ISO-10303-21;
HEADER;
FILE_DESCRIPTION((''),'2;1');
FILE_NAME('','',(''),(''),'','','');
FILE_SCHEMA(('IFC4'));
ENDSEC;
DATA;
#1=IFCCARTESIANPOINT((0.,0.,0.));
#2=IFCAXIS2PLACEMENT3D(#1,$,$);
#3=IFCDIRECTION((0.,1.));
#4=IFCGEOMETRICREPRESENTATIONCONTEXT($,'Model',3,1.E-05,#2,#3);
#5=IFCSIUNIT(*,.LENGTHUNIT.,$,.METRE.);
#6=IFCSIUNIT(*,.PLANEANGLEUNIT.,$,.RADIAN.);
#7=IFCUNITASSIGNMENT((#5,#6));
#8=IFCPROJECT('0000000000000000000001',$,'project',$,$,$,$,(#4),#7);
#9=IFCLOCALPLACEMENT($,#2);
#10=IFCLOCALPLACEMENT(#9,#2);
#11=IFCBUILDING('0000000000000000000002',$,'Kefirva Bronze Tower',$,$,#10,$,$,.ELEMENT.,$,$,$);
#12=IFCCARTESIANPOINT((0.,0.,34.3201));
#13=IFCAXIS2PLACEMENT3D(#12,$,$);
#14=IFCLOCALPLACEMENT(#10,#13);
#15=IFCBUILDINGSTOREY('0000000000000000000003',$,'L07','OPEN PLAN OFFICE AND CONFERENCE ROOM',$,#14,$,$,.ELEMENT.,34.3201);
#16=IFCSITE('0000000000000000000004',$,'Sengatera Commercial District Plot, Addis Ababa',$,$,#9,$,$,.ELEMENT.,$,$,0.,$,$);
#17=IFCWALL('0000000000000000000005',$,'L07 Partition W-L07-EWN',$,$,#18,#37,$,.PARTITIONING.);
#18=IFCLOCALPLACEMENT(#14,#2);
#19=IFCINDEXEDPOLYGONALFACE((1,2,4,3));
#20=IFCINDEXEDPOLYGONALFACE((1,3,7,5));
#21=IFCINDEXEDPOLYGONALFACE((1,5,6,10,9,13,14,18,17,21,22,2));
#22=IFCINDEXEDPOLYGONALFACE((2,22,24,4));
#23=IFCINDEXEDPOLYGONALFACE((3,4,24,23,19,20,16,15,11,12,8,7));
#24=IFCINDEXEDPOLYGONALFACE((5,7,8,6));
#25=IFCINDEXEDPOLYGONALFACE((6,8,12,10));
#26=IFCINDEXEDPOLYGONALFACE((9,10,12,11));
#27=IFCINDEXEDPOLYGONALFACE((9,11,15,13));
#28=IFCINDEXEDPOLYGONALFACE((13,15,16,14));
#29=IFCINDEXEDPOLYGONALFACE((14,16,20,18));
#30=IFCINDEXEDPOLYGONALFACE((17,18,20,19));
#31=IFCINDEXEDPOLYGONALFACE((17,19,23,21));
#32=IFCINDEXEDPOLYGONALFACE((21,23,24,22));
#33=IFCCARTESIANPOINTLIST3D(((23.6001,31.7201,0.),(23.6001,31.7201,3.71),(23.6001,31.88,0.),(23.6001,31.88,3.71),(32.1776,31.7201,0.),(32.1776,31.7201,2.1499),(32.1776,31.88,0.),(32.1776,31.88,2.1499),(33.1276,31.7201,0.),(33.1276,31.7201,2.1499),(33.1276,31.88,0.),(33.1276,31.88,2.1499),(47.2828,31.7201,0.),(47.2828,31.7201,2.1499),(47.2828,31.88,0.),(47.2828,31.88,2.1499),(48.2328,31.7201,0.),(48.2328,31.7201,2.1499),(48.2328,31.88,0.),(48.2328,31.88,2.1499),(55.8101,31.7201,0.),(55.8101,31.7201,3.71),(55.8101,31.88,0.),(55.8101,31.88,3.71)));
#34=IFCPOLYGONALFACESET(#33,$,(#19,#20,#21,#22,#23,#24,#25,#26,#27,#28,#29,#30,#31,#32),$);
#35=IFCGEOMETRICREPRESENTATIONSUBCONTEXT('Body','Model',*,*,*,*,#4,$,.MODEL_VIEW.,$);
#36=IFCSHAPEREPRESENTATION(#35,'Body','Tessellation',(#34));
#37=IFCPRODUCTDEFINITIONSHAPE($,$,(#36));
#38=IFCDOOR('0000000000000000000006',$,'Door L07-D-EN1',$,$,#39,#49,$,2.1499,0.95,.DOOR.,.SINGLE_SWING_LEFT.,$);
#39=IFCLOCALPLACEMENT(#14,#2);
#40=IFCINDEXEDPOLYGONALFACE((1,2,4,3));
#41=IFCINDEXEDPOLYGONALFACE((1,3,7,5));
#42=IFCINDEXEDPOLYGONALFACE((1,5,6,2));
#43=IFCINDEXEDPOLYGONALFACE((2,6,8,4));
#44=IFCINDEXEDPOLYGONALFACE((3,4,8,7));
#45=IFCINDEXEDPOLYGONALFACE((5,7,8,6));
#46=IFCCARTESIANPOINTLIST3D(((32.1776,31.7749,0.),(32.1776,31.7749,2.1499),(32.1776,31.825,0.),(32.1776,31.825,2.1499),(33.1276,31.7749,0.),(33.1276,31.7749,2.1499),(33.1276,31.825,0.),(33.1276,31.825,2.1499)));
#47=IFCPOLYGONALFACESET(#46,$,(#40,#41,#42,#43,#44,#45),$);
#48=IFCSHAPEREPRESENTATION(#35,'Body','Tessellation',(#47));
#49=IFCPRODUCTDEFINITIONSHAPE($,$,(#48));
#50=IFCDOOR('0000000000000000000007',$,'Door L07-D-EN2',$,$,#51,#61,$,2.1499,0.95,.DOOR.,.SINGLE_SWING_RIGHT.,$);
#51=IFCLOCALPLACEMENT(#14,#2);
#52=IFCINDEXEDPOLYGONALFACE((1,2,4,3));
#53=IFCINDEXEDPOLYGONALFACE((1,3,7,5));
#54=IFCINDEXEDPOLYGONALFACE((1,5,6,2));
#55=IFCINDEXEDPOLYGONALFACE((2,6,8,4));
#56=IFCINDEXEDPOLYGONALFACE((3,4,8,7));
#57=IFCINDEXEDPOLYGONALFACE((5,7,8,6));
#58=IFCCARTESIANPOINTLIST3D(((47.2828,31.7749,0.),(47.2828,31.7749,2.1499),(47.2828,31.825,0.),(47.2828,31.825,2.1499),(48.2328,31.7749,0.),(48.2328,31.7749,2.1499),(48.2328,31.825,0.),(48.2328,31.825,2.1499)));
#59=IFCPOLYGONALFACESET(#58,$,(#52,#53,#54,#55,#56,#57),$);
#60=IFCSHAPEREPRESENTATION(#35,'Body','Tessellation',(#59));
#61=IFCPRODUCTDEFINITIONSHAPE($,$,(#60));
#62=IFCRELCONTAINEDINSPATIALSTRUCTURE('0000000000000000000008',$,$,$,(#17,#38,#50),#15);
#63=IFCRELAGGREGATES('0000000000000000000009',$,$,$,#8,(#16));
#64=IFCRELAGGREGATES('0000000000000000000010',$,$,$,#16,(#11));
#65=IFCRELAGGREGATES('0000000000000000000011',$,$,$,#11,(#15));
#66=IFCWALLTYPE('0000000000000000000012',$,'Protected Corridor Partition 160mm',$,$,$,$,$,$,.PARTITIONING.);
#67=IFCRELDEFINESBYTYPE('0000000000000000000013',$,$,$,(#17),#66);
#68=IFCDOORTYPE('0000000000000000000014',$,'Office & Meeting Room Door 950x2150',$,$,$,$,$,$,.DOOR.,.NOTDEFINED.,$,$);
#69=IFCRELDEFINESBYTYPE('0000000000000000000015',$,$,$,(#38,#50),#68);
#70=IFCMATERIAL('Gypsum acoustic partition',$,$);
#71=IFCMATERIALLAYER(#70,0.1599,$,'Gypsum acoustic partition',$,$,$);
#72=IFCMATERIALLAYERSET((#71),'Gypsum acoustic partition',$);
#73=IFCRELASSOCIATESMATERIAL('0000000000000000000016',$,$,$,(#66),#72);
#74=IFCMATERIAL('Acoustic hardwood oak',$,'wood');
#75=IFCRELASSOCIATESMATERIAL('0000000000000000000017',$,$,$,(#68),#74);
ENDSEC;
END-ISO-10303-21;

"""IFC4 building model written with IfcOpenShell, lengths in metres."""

from ifc_helpers import new_model, si_unit, direction, frame, frame_2d, origin, place, context, subcontext, project, spatial, rectangle, extrude, material, layer, layer_set, type_object, element, fill, save


model = new_model("IFC4")

# Units and contexts
model_context = context("Model", 3, precision=1e-05, world=origin(), true_north=direction((0.0, 1.0)))
body_context = subcontext(model_context, "Body", "Model", "MODEL_VIEW")
ifc_project = project(units=[si_unit("LENGTHUNIT", "METRE"), si_unit("PLANEANGLEUNIT", "RADIAN")], contexts=[model_context])

# Site, building, storey
site_placement = place(None, origin())
site = spatial("IfcSite", under=ifc_project, at=site_placement, Name="Sengatera Commercial District Plot, Addis Ababa", CompositionType="ELEMENT", RefElevation=0.0)
building_placement = place(site_placement, origin())
building = spatial("IfcBuilding", under=site, at=building_placement, Name="Kefirva Bronze Tower", CompositionType="ELEMENT")
storey_placement = place(building_placement, frame((0.0, 0.0, 34.3201)))
storey = spatial("IfcBuildingStorey", under=building, at=storey_placement, Name="L07", Description="OPEN PLAN OFFICE AND CONFERENCE ROOM", CompositionType="ELEMENT", Elevation=34.3201)

# Shared definitions
ifc_material_1 = material(Name="Gypsum acoustic partition")

# Wall, openings, doors
ifc_layer_1 = layer(ifc_material_1, 0.1599, Name="Gypsum acoustic partition")
ifc_layer_set_1 = layer_set([ifc_layer_1], Name="Gypsum acoustic partition")
wall_type_1 = type_object("IfcWallType", Name="Protected Corridor Partition 160mm", PredefinedType="PARTITIONING", material=ifc_layer_set_1)
ifc_material_2 = material(Name="Acoustic hardwood oak", Category="wood")
door_type = type_object("IfcDoorType", Name="Office & Meeting Room Door 950x2150", OperationType="NOTDEFINED", PredefinedType="DOOR", material=ifc_material_2)
wall_1_placement = place(storey_placement, frame((23.6001, 31.8, 0.0), z_axis=(0.0, 0.0, 1.0), x_axis=(1.0, 0.0, 0.0)))
wall_1 = element("IfcWall", 1, at=wall_1_placement, inside=storey, type_object=wall_type_1, Name="L07 Partition W-L07-EWN", PredefinedType="PARTITIONING", context=body_context, shape_type="SweptSolid", body=[
    extrude(rectangle(XDim=32.21, YDim=0.1599, at=frame_2d((16.105, 0.0))), origin(), (0.0, 0.0, 1.0), 3.71),
])
opening_1_placement = place(wall_1_placement, frame((8.5774, 0.0, 0.0)))
opening_1 = element("IfcOpeningElement", 2, at=opening_1_placement, cuts=wall_1, PredefinedType="OPENING", context=body_context, shape_type="SweptSolid", body=[
    extrude(rectangle(XDim=0.95, YDim=2.1499, at=frame_2d((0.4751, 1.075))), frame((0.0, 0.0898, 0.0), z_axis=(0.0, -1.0, 0.0), x_axis=(1.0, 0.0, 0.0)), (0.0, 0.0, 1.0), 0.1799),
])
opening_2_placement = place(wall_1_placement, frame((23.6826, 0.0, 0.0)))
opening_2 = element("IfcOpeningElement", 3, at=opening_2_placement, cuts=wall_1, PredefinedType="OPENING", context=body_context, shape_type="SweptSolid", body=[
    extrude(rectangle(XDim=0.95, YDim=2.1499, at=frame_2d((0.4751, 1.075))), frame((0.0, 0.0898, 0.0), z_axis=(0.0, -1.0, 0.0), x_axis=(1.0, 0.0, 0.0)), (0.0, 0.0, 1.0), 0.1799),
])
door_1_placement = place(opening_1_placement, origin())
door_1 = element("IfcDoor", 4, at=door_1_placement, inside=storey, type_object=door_type, Name="Door L07-D-EN1", OperationType="SINGLE_SWING_LEFT", OverallHeight=2.1499, OverallWidth=0.95, PredefinedType="DOOR", context=body_context, shape_type="SweptSolid", body=[
    extrude(rectangle(XDim=0.95, YDim=2.1499, at=frame_2d((0.4751, 1.075))), frame((0.0, 0.0249, 0.0), z_axis=(0.0, -1.0, 0.0), x_axis=(1.0, 0.0, 0.0)), (0.0, 0.0, 1.0), 0.05),
])
fill(opening_1, door_1)
door_2_placement = place(opening_2_placement, origin())
door_2 = element("IfcDoor", 5, at=door_2_placement, inside=storey, type_object=door_type, Name="Door L07-D-EN2", OperationType="SINGLE_SWING_RIGHT", OverallHeight=2.1499, OverallWidth=0.95, PredefinedType="DOOR", context=body_context, shape_type="SweptSolid", body=[
    extrude(rectangle(XDim=0.95, YDim=2.1499, at=frame_2d((0.4751, 1.075))), frame((0.0, 0.0249, 0.0), z_axis=(0.0, -1.0, 0.0), x_axis=(1.0, 0.0, 0.0)), (0.0, 0.0, 1.0), 0.05),
])
fill(opening_2, door_2)

save(model, "model.ifc")
